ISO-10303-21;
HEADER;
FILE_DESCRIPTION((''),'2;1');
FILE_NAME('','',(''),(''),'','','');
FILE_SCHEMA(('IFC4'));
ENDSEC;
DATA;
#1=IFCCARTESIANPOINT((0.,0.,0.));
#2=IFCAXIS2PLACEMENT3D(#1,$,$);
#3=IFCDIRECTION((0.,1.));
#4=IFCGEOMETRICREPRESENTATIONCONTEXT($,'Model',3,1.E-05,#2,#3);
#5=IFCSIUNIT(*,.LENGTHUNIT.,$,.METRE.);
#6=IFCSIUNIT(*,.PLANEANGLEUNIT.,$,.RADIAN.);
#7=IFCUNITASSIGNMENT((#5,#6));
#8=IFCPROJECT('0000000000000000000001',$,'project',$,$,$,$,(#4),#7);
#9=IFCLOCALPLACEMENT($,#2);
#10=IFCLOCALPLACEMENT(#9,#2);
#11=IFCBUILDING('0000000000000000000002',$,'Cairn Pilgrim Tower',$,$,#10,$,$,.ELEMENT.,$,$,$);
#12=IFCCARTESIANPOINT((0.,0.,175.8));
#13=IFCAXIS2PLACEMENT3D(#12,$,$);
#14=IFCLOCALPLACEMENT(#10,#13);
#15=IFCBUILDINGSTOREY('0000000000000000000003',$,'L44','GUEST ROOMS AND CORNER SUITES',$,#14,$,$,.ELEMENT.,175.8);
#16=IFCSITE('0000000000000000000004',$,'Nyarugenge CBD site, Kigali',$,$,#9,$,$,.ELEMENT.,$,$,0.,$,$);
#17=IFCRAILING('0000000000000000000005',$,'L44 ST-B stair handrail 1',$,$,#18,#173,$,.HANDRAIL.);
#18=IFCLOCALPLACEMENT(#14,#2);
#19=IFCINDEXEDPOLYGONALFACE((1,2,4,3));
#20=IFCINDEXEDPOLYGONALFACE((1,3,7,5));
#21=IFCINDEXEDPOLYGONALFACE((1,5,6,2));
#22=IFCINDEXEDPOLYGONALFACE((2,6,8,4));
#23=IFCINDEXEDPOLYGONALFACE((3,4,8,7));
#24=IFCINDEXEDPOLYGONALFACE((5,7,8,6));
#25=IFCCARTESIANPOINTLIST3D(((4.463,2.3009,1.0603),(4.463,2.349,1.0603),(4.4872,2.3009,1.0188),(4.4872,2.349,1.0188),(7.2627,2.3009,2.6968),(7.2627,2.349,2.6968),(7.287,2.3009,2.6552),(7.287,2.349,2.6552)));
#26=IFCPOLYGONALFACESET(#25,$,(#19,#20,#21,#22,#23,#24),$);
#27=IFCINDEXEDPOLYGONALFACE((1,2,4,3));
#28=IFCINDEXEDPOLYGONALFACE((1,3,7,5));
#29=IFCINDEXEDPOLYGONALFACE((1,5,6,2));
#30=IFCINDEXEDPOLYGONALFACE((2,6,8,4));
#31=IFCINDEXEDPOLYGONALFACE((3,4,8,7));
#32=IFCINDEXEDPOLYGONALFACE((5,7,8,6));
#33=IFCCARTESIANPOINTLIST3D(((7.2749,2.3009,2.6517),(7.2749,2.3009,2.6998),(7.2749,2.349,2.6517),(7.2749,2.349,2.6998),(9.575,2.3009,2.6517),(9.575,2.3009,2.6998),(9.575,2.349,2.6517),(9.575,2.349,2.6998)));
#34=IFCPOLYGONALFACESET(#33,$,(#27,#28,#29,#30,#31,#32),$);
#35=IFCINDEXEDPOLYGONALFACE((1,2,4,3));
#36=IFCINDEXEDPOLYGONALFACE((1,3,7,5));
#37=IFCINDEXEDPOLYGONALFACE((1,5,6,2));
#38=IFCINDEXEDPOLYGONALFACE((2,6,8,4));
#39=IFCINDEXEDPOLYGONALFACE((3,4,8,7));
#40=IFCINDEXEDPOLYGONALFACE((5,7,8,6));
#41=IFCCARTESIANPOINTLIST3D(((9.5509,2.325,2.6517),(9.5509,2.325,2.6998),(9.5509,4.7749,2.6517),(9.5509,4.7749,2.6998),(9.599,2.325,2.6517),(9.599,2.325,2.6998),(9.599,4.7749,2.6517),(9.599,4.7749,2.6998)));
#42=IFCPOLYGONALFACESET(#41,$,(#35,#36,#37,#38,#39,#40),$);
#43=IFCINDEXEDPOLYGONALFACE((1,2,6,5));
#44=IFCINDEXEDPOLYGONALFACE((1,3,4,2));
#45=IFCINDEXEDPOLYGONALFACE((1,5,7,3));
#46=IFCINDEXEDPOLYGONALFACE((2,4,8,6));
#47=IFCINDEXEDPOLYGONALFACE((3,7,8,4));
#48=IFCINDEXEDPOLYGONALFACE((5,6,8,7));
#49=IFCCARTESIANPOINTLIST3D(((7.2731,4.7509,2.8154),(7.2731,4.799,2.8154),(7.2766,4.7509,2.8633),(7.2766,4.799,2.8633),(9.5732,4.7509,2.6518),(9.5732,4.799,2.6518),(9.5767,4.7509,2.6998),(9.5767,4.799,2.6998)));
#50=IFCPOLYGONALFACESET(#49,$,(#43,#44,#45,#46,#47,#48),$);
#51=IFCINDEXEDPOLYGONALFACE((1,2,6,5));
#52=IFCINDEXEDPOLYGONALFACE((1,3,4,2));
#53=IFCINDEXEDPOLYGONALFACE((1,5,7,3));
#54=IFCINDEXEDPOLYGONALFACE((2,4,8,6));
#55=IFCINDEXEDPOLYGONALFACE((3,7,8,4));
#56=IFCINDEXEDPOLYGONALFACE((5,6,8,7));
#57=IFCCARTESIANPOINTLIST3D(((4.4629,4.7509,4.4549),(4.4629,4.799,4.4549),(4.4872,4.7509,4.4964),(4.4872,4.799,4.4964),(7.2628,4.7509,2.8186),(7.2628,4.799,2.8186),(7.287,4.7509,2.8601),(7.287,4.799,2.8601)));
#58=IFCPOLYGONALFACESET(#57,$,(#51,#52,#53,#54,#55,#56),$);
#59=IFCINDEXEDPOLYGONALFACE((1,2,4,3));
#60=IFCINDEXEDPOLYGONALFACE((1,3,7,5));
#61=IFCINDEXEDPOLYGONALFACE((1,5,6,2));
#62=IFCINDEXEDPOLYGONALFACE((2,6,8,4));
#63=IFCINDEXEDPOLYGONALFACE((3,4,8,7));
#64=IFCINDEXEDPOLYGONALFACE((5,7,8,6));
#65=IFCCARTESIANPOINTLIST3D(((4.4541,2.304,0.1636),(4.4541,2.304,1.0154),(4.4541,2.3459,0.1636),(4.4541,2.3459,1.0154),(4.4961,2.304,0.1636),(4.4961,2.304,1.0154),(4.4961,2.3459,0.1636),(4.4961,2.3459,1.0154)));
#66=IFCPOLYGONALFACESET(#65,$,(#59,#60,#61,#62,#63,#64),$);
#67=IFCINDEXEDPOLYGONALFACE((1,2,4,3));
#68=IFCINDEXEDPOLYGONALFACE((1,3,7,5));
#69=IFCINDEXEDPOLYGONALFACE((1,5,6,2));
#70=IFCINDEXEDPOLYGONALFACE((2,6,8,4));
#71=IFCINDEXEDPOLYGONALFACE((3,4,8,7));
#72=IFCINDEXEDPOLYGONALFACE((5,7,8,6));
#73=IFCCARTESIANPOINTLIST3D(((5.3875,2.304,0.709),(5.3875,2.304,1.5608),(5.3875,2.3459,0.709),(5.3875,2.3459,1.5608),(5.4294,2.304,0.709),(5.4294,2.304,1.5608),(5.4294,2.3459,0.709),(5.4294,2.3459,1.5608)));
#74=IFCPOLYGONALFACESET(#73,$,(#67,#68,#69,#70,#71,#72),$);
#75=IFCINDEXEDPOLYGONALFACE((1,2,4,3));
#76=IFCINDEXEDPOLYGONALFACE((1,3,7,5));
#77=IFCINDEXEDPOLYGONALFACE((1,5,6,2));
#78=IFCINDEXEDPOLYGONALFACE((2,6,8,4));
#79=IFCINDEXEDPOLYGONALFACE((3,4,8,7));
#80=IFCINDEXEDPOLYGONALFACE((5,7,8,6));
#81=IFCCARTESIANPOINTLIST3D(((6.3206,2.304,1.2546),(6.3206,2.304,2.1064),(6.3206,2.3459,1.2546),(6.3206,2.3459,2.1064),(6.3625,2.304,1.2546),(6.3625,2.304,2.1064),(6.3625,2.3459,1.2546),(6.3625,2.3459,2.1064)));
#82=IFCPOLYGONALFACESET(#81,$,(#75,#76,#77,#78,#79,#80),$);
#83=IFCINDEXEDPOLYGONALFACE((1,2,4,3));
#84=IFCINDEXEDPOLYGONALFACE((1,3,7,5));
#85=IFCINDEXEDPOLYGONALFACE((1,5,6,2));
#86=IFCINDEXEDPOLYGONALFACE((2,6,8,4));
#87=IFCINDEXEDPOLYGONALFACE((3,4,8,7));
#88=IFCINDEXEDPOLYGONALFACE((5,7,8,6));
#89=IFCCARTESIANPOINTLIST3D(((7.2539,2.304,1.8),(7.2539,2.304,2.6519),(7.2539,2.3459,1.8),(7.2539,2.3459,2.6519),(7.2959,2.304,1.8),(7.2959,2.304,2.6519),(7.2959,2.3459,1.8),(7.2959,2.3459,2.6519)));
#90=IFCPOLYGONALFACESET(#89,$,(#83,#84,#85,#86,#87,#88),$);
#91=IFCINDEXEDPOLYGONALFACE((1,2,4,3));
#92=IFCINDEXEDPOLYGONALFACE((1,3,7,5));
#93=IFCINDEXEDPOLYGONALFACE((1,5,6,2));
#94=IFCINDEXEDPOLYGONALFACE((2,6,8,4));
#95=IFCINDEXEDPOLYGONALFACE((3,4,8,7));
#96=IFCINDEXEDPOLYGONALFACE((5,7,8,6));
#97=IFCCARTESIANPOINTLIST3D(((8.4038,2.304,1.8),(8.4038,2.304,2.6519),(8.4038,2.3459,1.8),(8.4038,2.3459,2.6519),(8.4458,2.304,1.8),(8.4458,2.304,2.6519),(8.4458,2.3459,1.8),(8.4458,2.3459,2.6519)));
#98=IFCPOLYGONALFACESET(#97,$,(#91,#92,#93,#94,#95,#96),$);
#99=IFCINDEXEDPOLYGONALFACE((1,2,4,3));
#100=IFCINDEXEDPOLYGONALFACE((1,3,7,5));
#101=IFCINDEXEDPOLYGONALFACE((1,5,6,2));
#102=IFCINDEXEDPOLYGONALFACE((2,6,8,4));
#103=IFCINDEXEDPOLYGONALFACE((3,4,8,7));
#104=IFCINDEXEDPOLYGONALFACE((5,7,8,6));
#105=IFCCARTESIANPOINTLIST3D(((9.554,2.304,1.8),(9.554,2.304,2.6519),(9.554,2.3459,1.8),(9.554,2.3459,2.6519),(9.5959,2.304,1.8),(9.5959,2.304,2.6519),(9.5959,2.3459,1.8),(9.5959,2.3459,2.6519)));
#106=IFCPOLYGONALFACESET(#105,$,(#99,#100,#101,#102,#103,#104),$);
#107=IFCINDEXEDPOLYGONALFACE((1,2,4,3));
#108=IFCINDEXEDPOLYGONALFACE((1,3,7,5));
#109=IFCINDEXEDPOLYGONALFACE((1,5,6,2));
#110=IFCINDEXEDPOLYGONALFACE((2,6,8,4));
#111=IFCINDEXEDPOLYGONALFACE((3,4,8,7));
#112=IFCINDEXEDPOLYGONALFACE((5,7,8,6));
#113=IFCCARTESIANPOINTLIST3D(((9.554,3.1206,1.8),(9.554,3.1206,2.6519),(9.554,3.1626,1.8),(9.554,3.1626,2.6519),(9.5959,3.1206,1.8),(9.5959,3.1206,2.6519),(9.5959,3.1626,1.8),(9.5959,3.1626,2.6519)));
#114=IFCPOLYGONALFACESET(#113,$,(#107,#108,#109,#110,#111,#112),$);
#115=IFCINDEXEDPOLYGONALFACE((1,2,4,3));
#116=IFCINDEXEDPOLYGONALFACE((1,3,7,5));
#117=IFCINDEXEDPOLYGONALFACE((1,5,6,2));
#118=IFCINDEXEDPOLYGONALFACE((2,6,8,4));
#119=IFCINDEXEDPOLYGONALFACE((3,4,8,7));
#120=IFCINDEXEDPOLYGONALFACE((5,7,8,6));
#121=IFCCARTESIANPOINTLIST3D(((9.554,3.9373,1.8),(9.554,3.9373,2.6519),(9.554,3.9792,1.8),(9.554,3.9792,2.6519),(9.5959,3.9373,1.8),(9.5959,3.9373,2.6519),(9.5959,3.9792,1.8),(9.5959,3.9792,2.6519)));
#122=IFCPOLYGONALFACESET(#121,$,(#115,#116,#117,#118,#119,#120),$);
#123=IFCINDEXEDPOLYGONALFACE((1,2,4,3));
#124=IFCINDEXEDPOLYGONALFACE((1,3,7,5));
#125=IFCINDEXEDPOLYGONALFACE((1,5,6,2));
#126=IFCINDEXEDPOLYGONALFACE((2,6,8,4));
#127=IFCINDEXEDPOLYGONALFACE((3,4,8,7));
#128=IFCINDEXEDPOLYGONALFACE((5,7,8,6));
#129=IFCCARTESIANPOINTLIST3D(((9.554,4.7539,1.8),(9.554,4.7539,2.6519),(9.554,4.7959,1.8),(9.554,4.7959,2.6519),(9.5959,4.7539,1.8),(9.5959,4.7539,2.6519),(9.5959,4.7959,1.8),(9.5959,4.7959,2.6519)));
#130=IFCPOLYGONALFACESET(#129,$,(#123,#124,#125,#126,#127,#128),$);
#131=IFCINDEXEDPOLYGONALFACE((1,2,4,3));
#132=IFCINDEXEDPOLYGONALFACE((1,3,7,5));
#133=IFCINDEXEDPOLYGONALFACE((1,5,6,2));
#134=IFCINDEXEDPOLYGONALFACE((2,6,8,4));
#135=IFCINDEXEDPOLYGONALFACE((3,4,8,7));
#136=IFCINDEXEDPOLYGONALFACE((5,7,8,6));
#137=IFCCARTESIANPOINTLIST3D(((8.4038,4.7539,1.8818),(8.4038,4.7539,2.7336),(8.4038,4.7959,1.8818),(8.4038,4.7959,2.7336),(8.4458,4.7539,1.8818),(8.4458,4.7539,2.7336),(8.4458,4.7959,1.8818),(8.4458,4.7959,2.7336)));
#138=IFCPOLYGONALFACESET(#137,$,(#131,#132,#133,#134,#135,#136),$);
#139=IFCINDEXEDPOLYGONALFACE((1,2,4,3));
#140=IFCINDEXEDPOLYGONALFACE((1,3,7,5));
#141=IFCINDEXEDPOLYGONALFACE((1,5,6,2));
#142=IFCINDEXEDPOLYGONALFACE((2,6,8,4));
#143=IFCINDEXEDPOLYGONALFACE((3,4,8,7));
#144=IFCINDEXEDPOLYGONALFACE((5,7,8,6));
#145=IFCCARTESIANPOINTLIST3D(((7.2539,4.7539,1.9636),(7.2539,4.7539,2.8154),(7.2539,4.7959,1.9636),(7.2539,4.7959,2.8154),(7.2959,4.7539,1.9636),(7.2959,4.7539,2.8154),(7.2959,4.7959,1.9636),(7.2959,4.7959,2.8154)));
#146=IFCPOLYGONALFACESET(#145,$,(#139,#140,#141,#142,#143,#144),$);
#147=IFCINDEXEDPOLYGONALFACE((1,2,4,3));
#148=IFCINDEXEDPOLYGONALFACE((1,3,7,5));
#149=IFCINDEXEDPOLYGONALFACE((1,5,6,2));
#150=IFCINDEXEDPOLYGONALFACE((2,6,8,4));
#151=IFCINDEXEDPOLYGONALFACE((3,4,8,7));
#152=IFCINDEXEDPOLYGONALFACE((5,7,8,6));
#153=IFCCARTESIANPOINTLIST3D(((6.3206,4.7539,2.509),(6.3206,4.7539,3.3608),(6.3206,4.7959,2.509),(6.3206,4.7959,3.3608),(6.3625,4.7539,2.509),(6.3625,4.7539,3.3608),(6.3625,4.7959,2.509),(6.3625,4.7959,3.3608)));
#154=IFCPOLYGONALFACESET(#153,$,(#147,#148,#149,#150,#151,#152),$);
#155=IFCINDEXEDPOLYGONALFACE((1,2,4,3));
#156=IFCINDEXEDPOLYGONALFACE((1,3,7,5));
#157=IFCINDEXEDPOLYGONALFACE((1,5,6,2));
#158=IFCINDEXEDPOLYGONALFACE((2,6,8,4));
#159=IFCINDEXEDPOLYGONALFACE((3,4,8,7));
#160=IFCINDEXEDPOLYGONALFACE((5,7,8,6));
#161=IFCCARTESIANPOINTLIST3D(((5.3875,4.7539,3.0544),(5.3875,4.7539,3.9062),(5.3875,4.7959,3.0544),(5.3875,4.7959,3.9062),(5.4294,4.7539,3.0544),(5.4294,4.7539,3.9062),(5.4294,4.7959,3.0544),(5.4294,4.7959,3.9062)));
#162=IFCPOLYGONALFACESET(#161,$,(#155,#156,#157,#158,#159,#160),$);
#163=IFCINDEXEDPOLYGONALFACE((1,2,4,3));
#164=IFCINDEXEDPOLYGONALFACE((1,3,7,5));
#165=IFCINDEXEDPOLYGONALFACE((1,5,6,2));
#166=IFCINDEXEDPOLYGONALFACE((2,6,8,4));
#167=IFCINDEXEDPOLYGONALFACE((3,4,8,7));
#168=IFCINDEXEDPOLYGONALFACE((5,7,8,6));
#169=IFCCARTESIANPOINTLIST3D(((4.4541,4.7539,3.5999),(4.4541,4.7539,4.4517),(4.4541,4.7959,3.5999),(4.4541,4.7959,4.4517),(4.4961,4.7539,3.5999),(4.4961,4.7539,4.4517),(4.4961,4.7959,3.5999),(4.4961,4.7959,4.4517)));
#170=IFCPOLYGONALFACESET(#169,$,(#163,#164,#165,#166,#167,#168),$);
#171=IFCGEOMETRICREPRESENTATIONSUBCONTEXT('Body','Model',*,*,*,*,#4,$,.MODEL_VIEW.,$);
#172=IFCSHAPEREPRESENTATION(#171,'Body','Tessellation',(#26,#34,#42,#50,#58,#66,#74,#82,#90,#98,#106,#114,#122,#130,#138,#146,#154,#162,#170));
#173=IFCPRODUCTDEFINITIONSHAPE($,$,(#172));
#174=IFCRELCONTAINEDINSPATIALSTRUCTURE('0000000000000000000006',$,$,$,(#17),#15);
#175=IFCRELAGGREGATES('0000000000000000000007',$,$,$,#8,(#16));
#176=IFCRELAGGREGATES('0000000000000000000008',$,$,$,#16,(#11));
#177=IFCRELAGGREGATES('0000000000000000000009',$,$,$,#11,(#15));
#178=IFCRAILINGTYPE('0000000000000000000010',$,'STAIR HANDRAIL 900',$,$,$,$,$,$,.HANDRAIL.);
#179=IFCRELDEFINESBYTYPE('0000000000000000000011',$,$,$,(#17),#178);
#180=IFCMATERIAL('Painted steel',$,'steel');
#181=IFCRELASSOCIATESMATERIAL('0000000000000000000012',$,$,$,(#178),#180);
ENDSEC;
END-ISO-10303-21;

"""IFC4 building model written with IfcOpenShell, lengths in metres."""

from ifc_helpers import new_model, si_unit, direction, frame, origin, origin_2d, place, context, subcontext, project, spatial, rectangle, extrude, material, type_object, element, save


model = new_model("IFC4")

# Units and contexts
model_context = context("Model", 3, precision=1e-05, world=origin(), true_north=direction((0.0, 1.0)))
body_context = subcontext(model_context, "Body", "Model", "MODEL_VIEW")
ifc_project = project(units=[si_unit("LENGTHUNIT", "METRE"), si_unit("PLANEANGLEUNIT", "RADIAN")], contexts=[model_context])

# Site, building, storey
site_placement = place(None, origin())
site = spatial("IfcSite", under=ifc_project, at=site_placement, Name="Nyarugenge CBD site, Kigali", CompositionType="ELEMENT", RefElevation=0.0)
building_placement = place(site_placement, origin())
building = spatial("IfcBuilding", under=site, at=building_placement, Name="Cairn Pilgrim Tower", CompositionType="ELEMENT")
storey_placement = place(building_placement, frame((0.0, 0.0, 175.8)))
storey = spatial("IfcBuildingStorey", under=building, at=storey_placement, Name="L44", Description="GUEST ROOMS AND CORNER SUITES", CompositionType="ELEMENT", Elevation=175.8)

# Shared definitions
ifc_material_1 = material(Name="Painted steel", Category="steel")

# Railing
railing_type = type_object("IfcRailingType", Name="STAIR HANDRAIL 900", PredefinedType="HANDRAIL", material=ifc_material_1)
railing_placement = place(storey_placement, frame((4.4751, 2.325, 0.1636)))
element("IfcRailing", 1, at=railing_placement, inside=storey, type_object=railing_type, Name="L44 ST-B stair handrail 1", PredefinedType="HANDRAIL", context=body_context, shape_type="SweptSolid", body=[
    extrude(rectangle(XDim=0.0481, YDim=0.0481, at=origin_2d()), frame((0.0, 0.0, 0.876), z_axis=(0.863342, 0.0, 0.50462), x_axis=(0.0, 1.0, 0.0)), (0.0, 0.0, 1.0), 3.2429),
    extrude(rectangle(XDim=0.0481, YDim=0.0481, at=origin_2d()), frame((2.7998, 0.0, 2.5122), z_axis=(1.0, 0.0, 0.0), x_axis=(0.0, 1.0, 0.0)), (0.0, 0.0, 1.0), 2.3),
    extrude(rectangle(XDim=0.0481, YDim=0.0481, at=origin_2d()), frame((5.0999, 0.0, 2.5122), z_axis=(0.0, 1.0, 0.0), x_axis=(-1.0, 0.0, 0.0)), (0.0, 0.0, 1.0), 2.45),
    extrude(rectangle(XDim=0.0481, YDim=0.0481, at=origin_2d()), frame((5.0999, 2.45, 2.5122), z_axis=(-0.997481, 0.0, 0.070939), x_axis=(0.0, -1.0, 0.0)), (0.0, 0.0, 1.0), 2.3059),
    extrude(rectangle(XDim=0.0481, YDim=0.0481, at=origin_2d()), frame((2.7998, 2.45, 2.6758), z_axis=(-0.863374, 0.0, 0.504564), x_axis=(0.0, -1.0, 0.0)), (0.0, 0.0, 1.0), 3.2429),
    extrude(rectangle(XDim=0.042, YDim=0.042, at=origin_2d()), origin(), (0.0, 0.0, 1.0), 0.8518),
    extrude(rectangle(XDim=0.042, YDim=0.042, at=origin_2d()), frame((0.9333, 0.0, 0.5454)), (0.0, 0.0, 1.0), 0.8518),
    extrude(rectangle(XDim=0.042, YDim=0.042, at=origin_2d()), frame((1.8665, 0.0, 1.0911)), (0.0, 0.0, 1.0), 0.8518),
    extrude(rectangle(XDim=0.042, YDim=0.042, at=origin_2d()), frame((2.7998, 0.0, 1.6365)), (0.0, 0.0, 1.0), 0.8518),
    extrude(rectangle(XDim=0.042, YDim=0.042, at=origin_2d()), frame((3.9497, 0.0, 1.6365)), (0.0, 0.0, 1.0), 0.8518),
    extrude(rectangle(XDim=0.042, YDim=0.042, at=origin_2d()), frame((5.0999, 0.0, 1.6365)), (0.0, 0.0, 1.0), 0.8518),
    extrude(rectangle(XDim=0.042, YDim=0.042, at=origin_2d()), frame((5.0999, 0.8167, 1.6365)), (0.0, 0.0, 1.0), 0.8518),
    extrude(rectangle(XDim=0.042, YDim=0.042, at=origin_2d()), frame((5.0999, 1.6333, 1.6365)), (0.0, 0.0, 1.0), 0.8518),
    extrude(rectangle(XDim=0.042, YDim=0.042, at=origin_2d()), frame((5.0999, 2.45, 1.6365)), (0.0, 0.0, 1.0), 0.8518),
    extrude(rectangle(XDim=0.042, YDim=0.042, at=origin_2d()), frame((3.9497, 2.45, 1.7183)), (0.0, 0.0, 1.0), 0.8518),
    extrude(rectangle(XDim=0.042, YDim=0.042, at=origin_2d()), frame((2.7998, 2.45, 1.8)), (0.0, 0.0, 1.0), 0.8518),
    extrude(rectangle(XDim=0.042, YDim=0.042, at=origin_2d()), frame((1.8665, 2.45, 2.3455)), (0.0, 0.0, 1.0), 0.8518),
    extrude(rectangle(XDim=0.042, YDim=0.042, at=origin_2d()), frame((0.9333, 2.45, 2.8909)), (0.0, 0.0, 1.0), 0.8518),
    extrude(rectangle(XDim=0.042, YDim=0.042, at=origin_2d()), frame((0.0, 2.45, 3.4363)), (0.0, 0.0, 1.0), 0.8518),
])

save(model, "model.ifc")
